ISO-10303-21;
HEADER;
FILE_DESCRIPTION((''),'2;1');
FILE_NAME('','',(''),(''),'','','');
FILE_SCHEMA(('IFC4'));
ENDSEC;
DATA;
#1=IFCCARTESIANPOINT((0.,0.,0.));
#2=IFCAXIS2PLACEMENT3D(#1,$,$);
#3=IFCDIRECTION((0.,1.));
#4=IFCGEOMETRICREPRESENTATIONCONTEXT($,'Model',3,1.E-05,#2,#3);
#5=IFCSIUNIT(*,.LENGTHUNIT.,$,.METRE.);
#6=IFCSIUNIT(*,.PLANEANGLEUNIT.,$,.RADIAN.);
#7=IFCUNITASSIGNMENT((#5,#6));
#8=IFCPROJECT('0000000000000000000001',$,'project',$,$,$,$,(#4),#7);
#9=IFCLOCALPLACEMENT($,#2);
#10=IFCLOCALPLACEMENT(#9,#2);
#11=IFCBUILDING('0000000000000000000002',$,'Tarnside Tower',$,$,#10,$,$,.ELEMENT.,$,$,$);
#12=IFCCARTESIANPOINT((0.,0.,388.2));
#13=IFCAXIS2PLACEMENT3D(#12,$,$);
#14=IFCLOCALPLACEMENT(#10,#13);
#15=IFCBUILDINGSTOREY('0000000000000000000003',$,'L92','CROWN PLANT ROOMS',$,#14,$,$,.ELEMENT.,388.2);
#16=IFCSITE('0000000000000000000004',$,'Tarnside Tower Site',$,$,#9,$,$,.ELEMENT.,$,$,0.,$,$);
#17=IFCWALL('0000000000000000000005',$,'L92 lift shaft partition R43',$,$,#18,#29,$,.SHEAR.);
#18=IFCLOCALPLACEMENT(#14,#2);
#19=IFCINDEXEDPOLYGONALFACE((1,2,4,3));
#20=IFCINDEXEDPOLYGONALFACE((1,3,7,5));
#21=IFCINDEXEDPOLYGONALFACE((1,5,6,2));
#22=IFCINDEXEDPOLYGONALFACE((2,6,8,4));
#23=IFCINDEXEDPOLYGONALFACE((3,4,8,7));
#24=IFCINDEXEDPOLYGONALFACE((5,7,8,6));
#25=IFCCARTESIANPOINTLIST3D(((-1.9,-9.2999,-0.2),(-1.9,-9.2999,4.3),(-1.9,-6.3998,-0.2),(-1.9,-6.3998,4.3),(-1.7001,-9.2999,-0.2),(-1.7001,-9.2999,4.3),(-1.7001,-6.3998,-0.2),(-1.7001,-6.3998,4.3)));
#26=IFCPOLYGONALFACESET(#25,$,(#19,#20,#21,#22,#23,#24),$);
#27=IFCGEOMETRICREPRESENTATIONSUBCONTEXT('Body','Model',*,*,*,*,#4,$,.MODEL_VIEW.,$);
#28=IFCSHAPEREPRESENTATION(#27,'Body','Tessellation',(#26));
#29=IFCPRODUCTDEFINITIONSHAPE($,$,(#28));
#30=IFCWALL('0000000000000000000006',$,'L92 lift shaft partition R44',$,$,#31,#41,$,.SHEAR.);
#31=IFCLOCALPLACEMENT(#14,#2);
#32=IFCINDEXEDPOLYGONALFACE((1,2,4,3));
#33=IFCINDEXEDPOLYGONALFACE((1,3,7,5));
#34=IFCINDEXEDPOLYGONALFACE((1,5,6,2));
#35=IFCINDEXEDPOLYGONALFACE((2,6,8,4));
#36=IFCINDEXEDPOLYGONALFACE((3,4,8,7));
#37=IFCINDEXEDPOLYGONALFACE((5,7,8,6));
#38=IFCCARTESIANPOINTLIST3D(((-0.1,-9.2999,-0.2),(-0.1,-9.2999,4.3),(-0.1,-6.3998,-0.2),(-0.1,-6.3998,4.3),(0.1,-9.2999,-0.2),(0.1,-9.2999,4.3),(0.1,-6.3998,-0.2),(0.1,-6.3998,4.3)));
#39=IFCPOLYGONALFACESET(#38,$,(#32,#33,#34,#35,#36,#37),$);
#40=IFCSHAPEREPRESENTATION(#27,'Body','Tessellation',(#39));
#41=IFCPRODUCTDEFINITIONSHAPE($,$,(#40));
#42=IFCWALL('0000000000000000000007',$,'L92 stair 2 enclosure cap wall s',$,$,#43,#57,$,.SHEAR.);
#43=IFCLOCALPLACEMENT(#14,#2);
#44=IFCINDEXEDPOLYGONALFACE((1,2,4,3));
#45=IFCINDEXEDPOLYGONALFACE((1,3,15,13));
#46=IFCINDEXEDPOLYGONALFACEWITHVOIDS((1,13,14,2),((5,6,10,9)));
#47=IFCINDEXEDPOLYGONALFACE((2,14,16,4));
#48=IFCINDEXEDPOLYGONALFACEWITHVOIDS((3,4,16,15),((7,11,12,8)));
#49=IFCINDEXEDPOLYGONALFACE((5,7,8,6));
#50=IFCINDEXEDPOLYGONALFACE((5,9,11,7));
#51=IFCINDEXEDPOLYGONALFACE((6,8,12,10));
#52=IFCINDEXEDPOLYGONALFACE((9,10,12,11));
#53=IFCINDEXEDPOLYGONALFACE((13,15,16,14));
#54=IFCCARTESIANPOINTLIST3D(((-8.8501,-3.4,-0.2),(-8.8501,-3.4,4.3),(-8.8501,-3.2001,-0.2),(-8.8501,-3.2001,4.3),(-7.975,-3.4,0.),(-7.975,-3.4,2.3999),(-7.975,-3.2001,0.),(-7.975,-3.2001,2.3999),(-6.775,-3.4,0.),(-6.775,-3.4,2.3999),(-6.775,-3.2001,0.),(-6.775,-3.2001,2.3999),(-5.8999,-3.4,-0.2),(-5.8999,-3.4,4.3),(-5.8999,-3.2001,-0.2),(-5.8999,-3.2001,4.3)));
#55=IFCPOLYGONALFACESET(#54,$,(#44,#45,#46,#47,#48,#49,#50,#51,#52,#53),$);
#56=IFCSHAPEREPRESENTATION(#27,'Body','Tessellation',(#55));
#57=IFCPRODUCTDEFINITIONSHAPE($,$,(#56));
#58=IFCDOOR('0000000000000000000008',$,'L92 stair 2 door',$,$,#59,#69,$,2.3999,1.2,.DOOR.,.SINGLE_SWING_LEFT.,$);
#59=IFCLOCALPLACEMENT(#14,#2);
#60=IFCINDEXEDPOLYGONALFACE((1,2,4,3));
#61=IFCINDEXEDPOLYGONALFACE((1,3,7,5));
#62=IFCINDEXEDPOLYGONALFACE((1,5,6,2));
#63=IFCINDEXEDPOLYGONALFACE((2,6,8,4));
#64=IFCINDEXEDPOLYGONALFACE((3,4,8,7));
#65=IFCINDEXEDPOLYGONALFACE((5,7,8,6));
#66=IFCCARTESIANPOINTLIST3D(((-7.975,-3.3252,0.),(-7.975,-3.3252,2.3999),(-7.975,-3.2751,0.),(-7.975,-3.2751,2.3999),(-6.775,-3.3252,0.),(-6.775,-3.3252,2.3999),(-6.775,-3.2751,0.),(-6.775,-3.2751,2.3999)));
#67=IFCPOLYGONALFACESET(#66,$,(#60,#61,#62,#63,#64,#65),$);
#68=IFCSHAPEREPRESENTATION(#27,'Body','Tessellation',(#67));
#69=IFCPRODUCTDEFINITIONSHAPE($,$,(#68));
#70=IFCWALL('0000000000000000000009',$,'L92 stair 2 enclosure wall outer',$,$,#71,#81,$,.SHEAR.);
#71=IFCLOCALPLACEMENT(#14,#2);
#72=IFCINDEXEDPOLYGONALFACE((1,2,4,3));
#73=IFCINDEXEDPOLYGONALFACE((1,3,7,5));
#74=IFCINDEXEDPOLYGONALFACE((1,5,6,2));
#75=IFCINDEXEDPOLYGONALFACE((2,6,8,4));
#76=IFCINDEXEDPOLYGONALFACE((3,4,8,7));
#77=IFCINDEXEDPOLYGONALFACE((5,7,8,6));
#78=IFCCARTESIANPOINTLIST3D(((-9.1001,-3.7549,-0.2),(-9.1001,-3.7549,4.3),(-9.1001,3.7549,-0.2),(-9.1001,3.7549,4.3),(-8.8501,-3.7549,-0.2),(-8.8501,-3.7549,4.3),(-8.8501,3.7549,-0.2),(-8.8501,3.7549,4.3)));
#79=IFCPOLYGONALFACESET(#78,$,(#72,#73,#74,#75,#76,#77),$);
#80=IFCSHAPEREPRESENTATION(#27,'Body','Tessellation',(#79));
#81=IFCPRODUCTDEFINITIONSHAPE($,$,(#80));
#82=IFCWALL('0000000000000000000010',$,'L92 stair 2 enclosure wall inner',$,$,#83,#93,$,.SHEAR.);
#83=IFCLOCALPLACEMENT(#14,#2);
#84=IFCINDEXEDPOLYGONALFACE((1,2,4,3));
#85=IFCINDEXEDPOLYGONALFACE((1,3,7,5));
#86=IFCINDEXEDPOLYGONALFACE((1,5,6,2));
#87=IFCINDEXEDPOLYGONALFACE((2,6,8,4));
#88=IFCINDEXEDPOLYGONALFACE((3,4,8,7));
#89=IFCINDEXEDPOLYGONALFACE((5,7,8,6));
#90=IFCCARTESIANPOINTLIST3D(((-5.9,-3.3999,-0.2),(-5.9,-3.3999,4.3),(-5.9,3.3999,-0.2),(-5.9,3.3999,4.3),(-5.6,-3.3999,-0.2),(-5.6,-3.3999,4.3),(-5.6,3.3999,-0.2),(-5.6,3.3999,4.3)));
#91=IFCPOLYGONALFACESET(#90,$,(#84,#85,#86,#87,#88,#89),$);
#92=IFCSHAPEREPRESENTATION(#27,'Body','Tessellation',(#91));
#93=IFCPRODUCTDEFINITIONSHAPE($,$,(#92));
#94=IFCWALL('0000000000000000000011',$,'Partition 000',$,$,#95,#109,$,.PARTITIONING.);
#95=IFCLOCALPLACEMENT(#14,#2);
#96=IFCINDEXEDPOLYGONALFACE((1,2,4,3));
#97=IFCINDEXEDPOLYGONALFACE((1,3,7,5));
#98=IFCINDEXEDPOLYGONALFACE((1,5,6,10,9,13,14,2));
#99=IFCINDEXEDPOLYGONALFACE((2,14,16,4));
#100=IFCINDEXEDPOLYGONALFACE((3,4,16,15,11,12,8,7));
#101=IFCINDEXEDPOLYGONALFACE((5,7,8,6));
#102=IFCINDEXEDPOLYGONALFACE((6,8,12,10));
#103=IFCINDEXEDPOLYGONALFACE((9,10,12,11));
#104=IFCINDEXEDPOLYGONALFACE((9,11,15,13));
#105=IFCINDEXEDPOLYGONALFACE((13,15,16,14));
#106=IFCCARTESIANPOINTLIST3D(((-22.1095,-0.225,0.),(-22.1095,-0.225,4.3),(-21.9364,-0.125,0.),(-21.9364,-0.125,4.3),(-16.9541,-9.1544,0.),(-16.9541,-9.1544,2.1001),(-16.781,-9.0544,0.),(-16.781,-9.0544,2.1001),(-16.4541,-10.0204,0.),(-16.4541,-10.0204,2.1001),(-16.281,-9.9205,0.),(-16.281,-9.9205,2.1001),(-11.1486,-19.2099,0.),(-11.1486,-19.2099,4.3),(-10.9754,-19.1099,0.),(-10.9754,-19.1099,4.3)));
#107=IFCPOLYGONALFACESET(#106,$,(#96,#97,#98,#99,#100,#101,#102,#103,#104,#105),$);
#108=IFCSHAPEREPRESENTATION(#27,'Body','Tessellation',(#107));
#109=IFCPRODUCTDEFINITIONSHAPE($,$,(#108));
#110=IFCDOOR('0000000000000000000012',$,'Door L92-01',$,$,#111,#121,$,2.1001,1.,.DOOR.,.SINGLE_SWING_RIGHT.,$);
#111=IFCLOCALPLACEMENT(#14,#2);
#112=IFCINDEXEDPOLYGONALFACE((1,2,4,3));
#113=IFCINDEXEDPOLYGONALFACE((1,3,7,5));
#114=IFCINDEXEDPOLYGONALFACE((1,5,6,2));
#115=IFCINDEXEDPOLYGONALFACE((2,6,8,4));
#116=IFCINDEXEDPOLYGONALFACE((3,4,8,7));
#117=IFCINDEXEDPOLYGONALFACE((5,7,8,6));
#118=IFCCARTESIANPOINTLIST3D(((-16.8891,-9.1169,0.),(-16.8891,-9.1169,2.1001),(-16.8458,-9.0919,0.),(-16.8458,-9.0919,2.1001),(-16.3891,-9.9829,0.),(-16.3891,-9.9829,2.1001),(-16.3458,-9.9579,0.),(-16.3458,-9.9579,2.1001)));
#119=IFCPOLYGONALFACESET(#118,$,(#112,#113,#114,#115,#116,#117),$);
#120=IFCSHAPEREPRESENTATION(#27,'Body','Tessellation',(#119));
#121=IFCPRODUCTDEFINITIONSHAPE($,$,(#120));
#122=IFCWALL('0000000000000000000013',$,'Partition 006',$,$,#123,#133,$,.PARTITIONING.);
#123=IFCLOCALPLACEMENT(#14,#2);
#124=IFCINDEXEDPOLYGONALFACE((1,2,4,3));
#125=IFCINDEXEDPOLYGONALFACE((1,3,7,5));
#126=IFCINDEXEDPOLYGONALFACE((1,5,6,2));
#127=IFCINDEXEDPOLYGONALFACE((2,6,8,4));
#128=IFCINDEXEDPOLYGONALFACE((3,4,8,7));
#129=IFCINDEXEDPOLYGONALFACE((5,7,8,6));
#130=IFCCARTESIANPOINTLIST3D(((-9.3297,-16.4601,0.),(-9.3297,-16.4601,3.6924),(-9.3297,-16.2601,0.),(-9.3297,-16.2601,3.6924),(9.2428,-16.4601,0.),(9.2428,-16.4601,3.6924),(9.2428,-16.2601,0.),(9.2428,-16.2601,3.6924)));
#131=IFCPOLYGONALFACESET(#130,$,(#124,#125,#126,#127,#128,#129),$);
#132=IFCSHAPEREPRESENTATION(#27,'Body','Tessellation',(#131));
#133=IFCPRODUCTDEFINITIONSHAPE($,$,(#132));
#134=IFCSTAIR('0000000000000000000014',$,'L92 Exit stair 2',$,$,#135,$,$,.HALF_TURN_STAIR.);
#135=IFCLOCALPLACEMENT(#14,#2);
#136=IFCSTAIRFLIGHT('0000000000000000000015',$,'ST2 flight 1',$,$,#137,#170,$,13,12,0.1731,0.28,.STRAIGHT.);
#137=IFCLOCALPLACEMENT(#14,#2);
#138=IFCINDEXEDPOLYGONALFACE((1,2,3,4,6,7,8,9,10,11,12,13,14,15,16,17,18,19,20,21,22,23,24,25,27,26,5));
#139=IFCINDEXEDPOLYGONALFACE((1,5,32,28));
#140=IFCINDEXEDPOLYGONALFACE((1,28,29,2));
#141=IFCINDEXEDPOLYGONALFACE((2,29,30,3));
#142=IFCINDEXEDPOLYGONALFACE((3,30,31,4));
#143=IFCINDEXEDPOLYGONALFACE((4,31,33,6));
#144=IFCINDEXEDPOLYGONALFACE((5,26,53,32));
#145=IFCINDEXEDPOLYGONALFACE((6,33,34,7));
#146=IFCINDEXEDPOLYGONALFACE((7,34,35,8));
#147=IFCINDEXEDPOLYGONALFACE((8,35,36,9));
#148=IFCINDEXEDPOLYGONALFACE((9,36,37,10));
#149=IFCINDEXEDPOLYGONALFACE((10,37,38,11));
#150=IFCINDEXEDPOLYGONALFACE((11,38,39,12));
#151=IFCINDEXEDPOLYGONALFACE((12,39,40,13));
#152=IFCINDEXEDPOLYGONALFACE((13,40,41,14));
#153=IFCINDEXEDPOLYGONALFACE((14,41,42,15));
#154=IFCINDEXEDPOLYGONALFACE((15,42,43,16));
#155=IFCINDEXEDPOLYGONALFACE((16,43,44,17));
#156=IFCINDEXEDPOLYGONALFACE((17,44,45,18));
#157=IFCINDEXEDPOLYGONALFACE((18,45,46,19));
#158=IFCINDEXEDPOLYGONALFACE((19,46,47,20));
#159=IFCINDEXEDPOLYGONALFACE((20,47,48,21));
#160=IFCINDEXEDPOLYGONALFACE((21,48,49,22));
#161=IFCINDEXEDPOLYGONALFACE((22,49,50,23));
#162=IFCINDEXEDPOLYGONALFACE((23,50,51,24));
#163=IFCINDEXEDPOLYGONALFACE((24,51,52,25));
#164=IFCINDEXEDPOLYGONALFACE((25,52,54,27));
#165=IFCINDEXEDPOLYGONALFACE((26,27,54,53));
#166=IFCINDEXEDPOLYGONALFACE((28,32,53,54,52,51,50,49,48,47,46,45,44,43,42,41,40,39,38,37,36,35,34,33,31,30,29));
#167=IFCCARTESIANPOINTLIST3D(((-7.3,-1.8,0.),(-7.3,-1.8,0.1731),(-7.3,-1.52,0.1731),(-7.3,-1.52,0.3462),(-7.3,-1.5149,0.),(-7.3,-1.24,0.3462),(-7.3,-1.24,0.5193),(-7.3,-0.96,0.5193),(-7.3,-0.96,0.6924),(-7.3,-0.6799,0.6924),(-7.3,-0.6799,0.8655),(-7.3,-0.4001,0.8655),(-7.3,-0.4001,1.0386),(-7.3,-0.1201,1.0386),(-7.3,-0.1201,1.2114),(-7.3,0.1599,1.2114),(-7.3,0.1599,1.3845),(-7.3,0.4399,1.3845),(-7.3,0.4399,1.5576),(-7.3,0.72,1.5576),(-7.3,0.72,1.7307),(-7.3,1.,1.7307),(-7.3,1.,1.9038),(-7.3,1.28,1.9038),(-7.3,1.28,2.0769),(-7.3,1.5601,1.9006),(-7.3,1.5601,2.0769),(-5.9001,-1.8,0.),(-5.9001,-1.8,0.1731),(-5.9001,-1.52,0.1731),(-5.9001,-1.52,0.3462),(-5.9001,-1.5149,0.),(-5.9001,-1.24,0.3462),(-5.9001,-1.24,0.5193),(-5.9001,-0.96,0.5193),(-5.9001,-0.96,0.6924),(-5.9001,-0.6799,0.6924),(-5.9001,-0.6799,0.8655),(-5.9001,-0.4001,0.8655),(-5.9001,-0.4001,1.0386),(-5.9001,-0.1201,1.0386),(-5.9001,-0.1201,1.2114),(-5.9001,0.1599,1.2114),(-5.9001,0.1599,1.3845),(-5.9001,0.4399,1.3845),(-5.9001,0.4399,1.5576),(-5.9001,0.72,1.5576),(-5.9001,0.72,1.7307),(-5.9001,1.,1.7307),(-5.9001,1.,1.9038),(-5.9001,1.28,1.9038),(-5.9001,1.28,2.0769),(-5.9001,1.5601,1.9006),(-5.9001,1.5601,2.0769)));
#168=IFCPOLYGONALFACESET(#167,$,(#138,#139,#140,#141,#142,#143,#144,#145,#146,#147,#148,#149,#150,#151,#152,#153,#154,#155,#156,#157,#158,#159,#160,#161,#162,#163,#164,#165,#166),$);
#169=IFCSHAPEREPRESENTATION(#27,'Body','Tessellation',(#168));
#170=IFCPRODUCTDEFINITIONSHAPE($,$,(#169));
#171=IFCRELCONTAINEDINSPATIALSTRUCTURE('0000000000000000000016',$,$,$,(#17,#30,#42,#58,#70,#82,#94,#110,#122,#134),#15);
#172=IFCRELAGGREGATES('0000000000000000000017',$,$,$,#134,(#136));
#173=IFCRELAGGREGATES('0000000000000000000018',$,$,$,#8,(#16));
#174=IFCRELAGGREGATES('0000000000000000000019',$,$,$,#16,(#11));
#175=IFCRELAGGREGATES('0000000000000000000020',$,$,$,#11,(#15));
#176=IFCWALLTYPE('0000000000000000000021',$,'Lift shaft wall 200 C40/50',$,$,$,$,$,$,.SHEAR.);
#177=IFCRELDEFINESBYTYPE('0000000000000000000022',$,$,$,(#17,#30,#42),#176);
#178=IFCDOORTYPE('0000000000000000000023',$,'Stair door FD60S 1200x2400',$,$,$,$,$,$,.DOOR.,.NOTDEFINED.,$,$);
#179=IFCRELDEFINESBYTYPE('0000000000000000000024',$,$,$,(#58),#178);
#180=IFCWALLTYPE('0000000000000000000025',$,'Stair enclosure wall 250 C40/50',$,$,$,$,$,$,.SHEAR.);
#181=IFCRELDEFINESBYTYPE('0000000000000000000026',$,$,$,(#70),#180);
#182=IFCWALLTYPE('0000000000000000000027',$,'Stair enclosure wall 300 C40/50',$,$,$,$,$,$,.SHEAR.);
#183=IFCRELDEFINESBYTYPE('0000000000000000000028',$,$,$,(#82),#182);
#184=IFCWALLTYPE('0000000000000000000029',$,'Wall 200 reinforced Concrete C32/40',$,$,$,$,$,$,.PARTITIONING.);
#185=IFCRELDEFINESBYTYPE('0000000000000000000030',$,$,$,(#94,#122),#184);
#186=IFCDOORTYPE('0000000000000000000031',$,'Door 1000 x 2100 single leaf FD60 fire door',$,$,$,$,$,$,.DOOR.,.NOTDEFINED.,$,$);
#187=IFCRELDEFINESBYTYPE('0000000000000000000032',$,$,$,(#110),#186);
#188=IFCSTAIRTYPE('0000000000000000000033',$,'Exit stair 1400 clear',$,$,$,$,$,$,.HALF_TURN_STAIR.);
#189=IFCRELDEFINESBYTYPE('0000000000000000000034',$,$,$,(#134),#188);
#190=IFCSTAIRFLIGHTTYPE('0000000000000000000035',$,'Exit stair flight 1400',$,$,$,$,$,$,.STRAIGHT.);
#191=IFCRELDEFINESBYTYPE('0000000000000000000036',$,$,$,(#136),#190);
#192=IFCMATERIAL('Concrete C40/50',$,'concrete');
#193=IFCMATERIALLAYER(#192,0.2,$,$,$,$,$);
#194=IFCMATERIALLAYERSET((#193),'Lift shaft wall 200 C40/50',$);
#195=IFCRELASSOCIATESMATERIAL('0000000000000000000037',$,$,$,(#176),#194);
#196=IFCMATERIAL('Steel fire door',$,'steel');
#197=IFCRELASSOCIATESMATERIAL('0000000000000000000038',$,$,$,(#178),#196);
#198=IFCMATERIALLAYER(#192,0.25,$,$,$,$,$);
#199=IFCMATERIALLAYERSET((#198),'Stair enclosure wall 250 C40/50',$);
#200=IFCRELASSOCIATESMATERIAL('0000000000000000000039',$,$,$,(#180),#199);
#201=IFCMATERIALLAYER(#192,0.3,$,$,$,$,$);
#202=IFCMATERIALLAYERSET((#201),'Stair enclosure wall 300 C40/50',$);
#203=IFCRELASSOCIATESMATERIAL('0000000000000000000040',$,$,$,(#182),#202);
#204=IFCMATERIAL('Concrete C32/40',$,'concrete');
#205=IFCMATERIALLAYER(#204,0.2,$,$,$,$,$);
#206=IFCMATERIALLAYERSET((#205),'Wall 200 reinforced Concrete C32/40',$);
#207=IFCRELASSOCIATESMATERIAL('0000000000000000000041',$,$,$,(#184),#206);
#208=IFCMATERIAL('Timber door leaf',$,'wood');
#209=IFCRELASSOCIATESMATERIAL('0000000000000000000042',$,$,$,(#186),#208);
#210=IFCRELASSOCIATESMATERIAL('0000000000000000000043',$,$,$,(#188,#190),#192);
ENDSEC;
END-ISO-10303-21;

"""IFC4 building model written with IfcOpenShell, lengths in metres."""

from ifc_helpers import new_model, si_unit, direction, frame, frame_2d, origin, place, context, subcontext, project, spatial, polyline, rectangle, outline, extrude, material, layer, layer_set, type_object, element, fill, aggregate, save


model = new_model("IFC4")

# Units and contexts
model_context = context("Model", 3, precision=1e-05, world=origin(), true_north=direction((0.0, 1.0)))
body_context = subcontext(model_context, "Body", "Model", "MODEL_VIEW")
ifc_project = project(units=[si_unit("LENGTHUNIT", "METRE"), si_unit("PLANEANGLEUNIT", "RADIAN")], contexts=[model_context])

# Site, building, storey
site_placement = place(None, origin())
site = spatial("IfcSite", under=ifc_project, at=site_placement, Name="Tarnside Tower Site", CompositionType="ELEMENT", RefElevation=0.0)
building_placement = place(site_placement, origin())
building = spatial("IfcBuilding", under=site, at=building_placement, Name="Tarnside Tower", CompositionType="ELEMENT")
storey_placement = place(building_placement, frame((0.0, 0.0, 388.2)))
storey = spatial("IfcBuildingStorey", under=building, at=storey_placement, Name="L92", Description="CROWN PLANT ROOMS", CompositionType="ELEMENT", Elevation=388.2)

# Shared definitions
ifc_material_1 = material(Name="Concrete C40/50", Category="concrete")

# Shared definitions
ifc_layer_1 = layer(ifc_material_1, 0.2)
ifc_layer_set_1 = layer_set([ifc_layer_1], Name="Lift shaft wall 200 C40/50")
wall_type_1 = type_object("IfcWallType", Name="Lift shaft wall 200 C40/50", PredefinedType="SHEAR", material=ifc_layer_set_1)
ifc_material_2 = material(Name="Steel fire door", Category="steel")

# Walls
for number, where, z_axis, x_axis, name in (
    (1, (-1.8, -9.3, -0.2), (0.0, 0.0, 1.0), (0.0, 1.0, 0.0), "L92 lift shaft partition R43"),
    (2, (0.0, -9.3, -0.2), (0.0, 0.0, 1.0), (0.0, 1.0, 0.0), "L92 lift shaft partition R44"),
):
    element("IfcWall", number, at=place(storey_placement, frame(where, z_axis=z_axis, x_axis=x_axis)), inside=storey, type_object=wall_type_1, Name=name, PredefinedType="SHEAR", context=body_context, shape_type="SweptSolid", body=[
        extrude(rectangle(XDim=2.9001, YDim=0.2, at=frame_2d((1.4502, 0.0))), origin(), (0.0, 0.0, 1.0), 4.5),
    ])

# Wall, opening, door
wall_1_placement = place(storey_placement, frame((-8.8501, -3.3, -0.2), z_axis=(0.0, 0.0, 1.0), x_axis=(1.0, 0.0, 0.0)))
wall_1 = element("IfcWall", 3, at=wall_1_placement, inside=storey, type_object=wall_type_1, Name="L92 stair 2 enclosure cap wall s", PredefinedType="SHEAR", context=body_context, shape_type="SweptSolid", body=[
    extrude(rectangle(XDim=2.9502, YDim=0.2, at=frame_2d((1.4751, 0.0))), origin(), (0.0, 0.0, 1.0), 4.5),
])
opening_1_placement = place(wall_1_placement, frame((0.875, 0.0, 0.2)))
opening_1 = element("IfcOpeningElement", 4, at=opening_1_placement, cuts=wall_1, PredefinedType="OPENING", context=body_context, shape_type="SweptSolid", body=[
    extrude(rectangle(XDim=1.2, YDim=2.3999, at=frame_2d((0.6001, 1.2))), frame((0.0, 0.1099, 0.0), z_axis=(0.0, -1.0, 0.0), x_axis=(1.0, 0.0, 0.0)), (0.0, 0.0, 1.0), 0.22),
])
door_type_1 = type_object("IfcDoorType", Name="Stair door FD60S 1200x2400", OperationType="NOTDEFINED", PredefinedType="DOOR", material=ifc_material_2)
door_1_placement = place(opening_1_placement, origin())
door_1 = element("IfcDoor", 5, at=door_1_placement, inside=storey, type_object=door_type_1, Name="L92 stair 2 door", OperationType="SINGLE_SWING_LEFT", OverallHeight=2.3999, OverallWidth=1.2, PredefinedType="DOOR", context=body_context, shape_type="SweptSolid", body=[
    extrude(rectangle(XDim=1.2, YDim=2.3999, at=frame_2d((0.6001, 1.2))), frame((0.0, 0.0249, 0.0), z_axis=(0.0, -1.0, 0.0), x_axis=(1.0, 0.0, 0.0)), (0.0, 0.0, 1.0), 0.05),
])
fill(opening_1, door_1)

# Walls
ifc_layer_2 = layer(ifc_material_1, 0.25)
ifc_layer_set_2 = layer_set([ifc_layer_2], Name="Stair enclosure wall 250 C40/50")
wall_type_2 = type_object("IfcWallType", Name="Stair enclosure wall 250 C40/50", PredefinedType="SHEAR", material=ifc_layer_set_2)
wall_2_placement = place(storey_placement, frame((-8.9751, -3.7549, -0.2), z_axis=(0.0, 0.0, 1.0), x_axis=(0.0, 1.0, 0.0)))
element("IfcWall", 6, at=wall_2_placement, inside=storey, type_object=wall_type_2, Name="L92 stair 2 enclosure wall outer", PredefinedType="SHEAR", context=body_context, shape_type="SweptSolid", body=[
    extrude(rectangle(XDim=7.5098, YDim=0.25, at=frame_2d((3.7549, 0.0))), origin(), (0.0, 0.0, 1.0), 4.5),
])
ifc_layer_3 = layer(ifc_material_1, 0.3)
ifc_layer_set_3 = layer_set([ifc_layer_3], Name="Stair enclosure wall 300 C40/50")
wall_type_3 = type_object("IfcWallType", Name="Stair enclosure wall 300 C40/50", PredefinedType="SHEAR", material=ifc_layer_set_3)
wall_3_placement = place(storey_placement, frame((-5.75, -3.3999, -0.2), z_axis=(0.0, 0.0, 1.0), x_axis=(0.0, 1.0, 0.0)))
element("IfcWall", 7, at=wall_3_placement, inside=storey, type_object=wall_type_3, Name="L92 stair 2 enclosure wall inner", PredefinedType="SHEAR", context=body_context, shape_type="SweptSolid", body=[
    extrude(rectangle(XDim=6.7998, YDim=0.3, at=frame_2d((3.3999, 0.0))), origin(), (0.0, 0.0, 1.0), 4.5),
])

# Wall, opening, door
ifc_material_3 = material(Name="Concrete C32/40", Category="concrete")
ifc_layer_4 = layer(ifc_material_3, 0.2)
ifc_layer_set_4 = layer_set([ifc_layer_4], Name="Wall 200 reinforced Concrete C32/40")
wall_type_4 = type_object("IfcWallType", Name="Wall 200 reinforced Concrete C32/40", PredefinedType="PARTITIONING", material=ifc_layer_set_4)
wall_4_placement = place(storey_placement, frame((-11.062, -19.1599, 0.0), z_axis=(0.0, 0.0, 1.0), x_axis=(-0.500001, 0.866025, 0.0)))
wall_4 = element("IfcWall", 8, at=wall_4_placement, inside=storey, type_object=wall_type_4, Name="Partition 000", PredefinedType="PARTITIONING", context=body_context, shape_type="SweptSolid", body=[
    extrude(rectangle(XDim=21.9219, YDim=0.2, at=frame_2d((10.9609, 0.0))), origin(), (0.0, 0.0, 1.0), 4.3),
])
opening_2_placement = place(wall_4_placement, frame((10.6111, 0.0, 0.0)))
opening_2 = element("IfcOpeningElement", 9, at=opening_2_placement, cuts=wall_4, PredefinedType="OPENING", context=body_context, shape_type="SweptSolid", body=[
    extrude(rectangle(XDim=1.0, YDim=2.1001, at=frame_2d((0.5, 1.05))), frame((0.0, 0.1099, 0.0), z_axis=(0.0, -1.0, 0.0), x_axis=(1.0, 0.0, 0.0)), (0.0, 0.0, 1.0), 0.22),
])
ifc_material_4 = material(Name="Timber door leaf", Category="wood")
door_type_2 = type_object("IfcDoorType", Name="Door 1000 x 2100 single leaf FD60 fire door", OperationType="NOTDEFINED", PredefinedType="DOOR", material=ifc_material_4)
door_2_placement = place(opening_2_placement, origin())
door_2 = element("IfcDoor", 10, at=door_2_placement, inside=storey, type_object=door_type_2, Name="Door L92-01", OperationType="SINGLE_SWING_RIGHT", OverallHeight=2.1001, OverallWidth=1.0, PredefinedType="DOOR", context=body_context, shape_type="SweptSolid", body=[
    extrude(rectangle(XDim=1.0, YDim=2.1001, at=frame_2d((0.5, 1.05))), frame((0.0, 0.0249, 0.0), z_axis=(0.0, -1.0, 0.0), x_axis=(1.0, 0.0, 0.0)), (0.0, 0.0, 1.0), 0.05),
])
fill(opening_2, door_2)

# Wall
wall_5_placement = place(storey_placement, frame((-9.3296, -16.3601, 0.0), z_axis=(0.0, 0.0, 1.0), x_axis=(1.0, 0.0, 0.0)))
element("IfcWall", 11, at=wall_5_placement, inside=storey, type_object=wall_type_4, Name="Partition 006", PredefinedType="PARTITIONING", context=body_context, shape_type="SweptSolid", body=[
    extrude(rectangle(XDim=18.5725, YDim=0.2, at=frame_2d((9.2861, 0.0))), origin(), (0.0, 0.0, 1.0), 3.6924),
])

# Stair, stair flight
stair_type = type_object("IfcStairType", Name="Exit stair 1400 clear", PredefinedType="HALF_TURN_STAIR", material=ifc_material_1)
stair_placement = place(storey_placement, origin())
stair = element("IfcStair", 12, at=stair_placement, inside=storey, type_object=stair_type, Name="L92 Exit stair 2", PredefinedType="HALF_TURN_STAIR")
stair_flight_type = type_object("IfcStairFlightType", Name="Exit stair flight 1400", PredefinedType="STRAIGHT", material=ifc_material_1)
stair_flight_placement = place(storey_placement, frame((-6.6001, -1.8, 0.0), z_axis=(0.0, 0.0, 1.0), x_axis=(0.0, 1.0, 0.0)))
stair_flight = element("IfcStairFlight", 13, at=stair_flight_placement, type_object=stair_flight_type, Name="ST2 flight 1", NumberOfRisers=13, NumberOfTreads=12, PredefinedType="STRAIGHT", RiserHeight=0.1731, TreadLength=0.28, context=body_context, shape_type="SweptSolid", body=[
    extrude(outline(polyline([(0.0, 0.0), (0.0, 0.1731), (0.28, 0.1731), (0.28, 0.3462), (0.5601, 0.3462), (0.5601, 0.5193), (0.8401, 0.5193), (0.8401, 0.6924), (1.1201, 0.6924), (1.1201, 0.8655), (1.3999, 0.8655), (1.3999, 1.0386), (1.6799, 1.0386), (1.6799, 1.2114), (1.96, 1.2114), (1.96, 1.3845), (2.24, 1.3845), (2.24, 1.5576), (2.52, 1.5576), (2.52, 1.7307), (2.8, 1.7307), (2.8, 1.9038), (3.0801, 1.9038), (3.0801, 2.0769), (3.3601, 2.0769), (3.3601, 2.25), (3.3601, 1.9006), (0.2852, 0.0), (0.0, 0.0)])), frame((0.0, 0.7, 0.0), z_axis=(0.0, -1.0, 0.0), x_axis=(1.0, 0.0, 0.0)), (0.0, 0.0, 1.0), 1.3999),
])
aggregate(stair, [stair_flight])

save(model, "model.ifc")
